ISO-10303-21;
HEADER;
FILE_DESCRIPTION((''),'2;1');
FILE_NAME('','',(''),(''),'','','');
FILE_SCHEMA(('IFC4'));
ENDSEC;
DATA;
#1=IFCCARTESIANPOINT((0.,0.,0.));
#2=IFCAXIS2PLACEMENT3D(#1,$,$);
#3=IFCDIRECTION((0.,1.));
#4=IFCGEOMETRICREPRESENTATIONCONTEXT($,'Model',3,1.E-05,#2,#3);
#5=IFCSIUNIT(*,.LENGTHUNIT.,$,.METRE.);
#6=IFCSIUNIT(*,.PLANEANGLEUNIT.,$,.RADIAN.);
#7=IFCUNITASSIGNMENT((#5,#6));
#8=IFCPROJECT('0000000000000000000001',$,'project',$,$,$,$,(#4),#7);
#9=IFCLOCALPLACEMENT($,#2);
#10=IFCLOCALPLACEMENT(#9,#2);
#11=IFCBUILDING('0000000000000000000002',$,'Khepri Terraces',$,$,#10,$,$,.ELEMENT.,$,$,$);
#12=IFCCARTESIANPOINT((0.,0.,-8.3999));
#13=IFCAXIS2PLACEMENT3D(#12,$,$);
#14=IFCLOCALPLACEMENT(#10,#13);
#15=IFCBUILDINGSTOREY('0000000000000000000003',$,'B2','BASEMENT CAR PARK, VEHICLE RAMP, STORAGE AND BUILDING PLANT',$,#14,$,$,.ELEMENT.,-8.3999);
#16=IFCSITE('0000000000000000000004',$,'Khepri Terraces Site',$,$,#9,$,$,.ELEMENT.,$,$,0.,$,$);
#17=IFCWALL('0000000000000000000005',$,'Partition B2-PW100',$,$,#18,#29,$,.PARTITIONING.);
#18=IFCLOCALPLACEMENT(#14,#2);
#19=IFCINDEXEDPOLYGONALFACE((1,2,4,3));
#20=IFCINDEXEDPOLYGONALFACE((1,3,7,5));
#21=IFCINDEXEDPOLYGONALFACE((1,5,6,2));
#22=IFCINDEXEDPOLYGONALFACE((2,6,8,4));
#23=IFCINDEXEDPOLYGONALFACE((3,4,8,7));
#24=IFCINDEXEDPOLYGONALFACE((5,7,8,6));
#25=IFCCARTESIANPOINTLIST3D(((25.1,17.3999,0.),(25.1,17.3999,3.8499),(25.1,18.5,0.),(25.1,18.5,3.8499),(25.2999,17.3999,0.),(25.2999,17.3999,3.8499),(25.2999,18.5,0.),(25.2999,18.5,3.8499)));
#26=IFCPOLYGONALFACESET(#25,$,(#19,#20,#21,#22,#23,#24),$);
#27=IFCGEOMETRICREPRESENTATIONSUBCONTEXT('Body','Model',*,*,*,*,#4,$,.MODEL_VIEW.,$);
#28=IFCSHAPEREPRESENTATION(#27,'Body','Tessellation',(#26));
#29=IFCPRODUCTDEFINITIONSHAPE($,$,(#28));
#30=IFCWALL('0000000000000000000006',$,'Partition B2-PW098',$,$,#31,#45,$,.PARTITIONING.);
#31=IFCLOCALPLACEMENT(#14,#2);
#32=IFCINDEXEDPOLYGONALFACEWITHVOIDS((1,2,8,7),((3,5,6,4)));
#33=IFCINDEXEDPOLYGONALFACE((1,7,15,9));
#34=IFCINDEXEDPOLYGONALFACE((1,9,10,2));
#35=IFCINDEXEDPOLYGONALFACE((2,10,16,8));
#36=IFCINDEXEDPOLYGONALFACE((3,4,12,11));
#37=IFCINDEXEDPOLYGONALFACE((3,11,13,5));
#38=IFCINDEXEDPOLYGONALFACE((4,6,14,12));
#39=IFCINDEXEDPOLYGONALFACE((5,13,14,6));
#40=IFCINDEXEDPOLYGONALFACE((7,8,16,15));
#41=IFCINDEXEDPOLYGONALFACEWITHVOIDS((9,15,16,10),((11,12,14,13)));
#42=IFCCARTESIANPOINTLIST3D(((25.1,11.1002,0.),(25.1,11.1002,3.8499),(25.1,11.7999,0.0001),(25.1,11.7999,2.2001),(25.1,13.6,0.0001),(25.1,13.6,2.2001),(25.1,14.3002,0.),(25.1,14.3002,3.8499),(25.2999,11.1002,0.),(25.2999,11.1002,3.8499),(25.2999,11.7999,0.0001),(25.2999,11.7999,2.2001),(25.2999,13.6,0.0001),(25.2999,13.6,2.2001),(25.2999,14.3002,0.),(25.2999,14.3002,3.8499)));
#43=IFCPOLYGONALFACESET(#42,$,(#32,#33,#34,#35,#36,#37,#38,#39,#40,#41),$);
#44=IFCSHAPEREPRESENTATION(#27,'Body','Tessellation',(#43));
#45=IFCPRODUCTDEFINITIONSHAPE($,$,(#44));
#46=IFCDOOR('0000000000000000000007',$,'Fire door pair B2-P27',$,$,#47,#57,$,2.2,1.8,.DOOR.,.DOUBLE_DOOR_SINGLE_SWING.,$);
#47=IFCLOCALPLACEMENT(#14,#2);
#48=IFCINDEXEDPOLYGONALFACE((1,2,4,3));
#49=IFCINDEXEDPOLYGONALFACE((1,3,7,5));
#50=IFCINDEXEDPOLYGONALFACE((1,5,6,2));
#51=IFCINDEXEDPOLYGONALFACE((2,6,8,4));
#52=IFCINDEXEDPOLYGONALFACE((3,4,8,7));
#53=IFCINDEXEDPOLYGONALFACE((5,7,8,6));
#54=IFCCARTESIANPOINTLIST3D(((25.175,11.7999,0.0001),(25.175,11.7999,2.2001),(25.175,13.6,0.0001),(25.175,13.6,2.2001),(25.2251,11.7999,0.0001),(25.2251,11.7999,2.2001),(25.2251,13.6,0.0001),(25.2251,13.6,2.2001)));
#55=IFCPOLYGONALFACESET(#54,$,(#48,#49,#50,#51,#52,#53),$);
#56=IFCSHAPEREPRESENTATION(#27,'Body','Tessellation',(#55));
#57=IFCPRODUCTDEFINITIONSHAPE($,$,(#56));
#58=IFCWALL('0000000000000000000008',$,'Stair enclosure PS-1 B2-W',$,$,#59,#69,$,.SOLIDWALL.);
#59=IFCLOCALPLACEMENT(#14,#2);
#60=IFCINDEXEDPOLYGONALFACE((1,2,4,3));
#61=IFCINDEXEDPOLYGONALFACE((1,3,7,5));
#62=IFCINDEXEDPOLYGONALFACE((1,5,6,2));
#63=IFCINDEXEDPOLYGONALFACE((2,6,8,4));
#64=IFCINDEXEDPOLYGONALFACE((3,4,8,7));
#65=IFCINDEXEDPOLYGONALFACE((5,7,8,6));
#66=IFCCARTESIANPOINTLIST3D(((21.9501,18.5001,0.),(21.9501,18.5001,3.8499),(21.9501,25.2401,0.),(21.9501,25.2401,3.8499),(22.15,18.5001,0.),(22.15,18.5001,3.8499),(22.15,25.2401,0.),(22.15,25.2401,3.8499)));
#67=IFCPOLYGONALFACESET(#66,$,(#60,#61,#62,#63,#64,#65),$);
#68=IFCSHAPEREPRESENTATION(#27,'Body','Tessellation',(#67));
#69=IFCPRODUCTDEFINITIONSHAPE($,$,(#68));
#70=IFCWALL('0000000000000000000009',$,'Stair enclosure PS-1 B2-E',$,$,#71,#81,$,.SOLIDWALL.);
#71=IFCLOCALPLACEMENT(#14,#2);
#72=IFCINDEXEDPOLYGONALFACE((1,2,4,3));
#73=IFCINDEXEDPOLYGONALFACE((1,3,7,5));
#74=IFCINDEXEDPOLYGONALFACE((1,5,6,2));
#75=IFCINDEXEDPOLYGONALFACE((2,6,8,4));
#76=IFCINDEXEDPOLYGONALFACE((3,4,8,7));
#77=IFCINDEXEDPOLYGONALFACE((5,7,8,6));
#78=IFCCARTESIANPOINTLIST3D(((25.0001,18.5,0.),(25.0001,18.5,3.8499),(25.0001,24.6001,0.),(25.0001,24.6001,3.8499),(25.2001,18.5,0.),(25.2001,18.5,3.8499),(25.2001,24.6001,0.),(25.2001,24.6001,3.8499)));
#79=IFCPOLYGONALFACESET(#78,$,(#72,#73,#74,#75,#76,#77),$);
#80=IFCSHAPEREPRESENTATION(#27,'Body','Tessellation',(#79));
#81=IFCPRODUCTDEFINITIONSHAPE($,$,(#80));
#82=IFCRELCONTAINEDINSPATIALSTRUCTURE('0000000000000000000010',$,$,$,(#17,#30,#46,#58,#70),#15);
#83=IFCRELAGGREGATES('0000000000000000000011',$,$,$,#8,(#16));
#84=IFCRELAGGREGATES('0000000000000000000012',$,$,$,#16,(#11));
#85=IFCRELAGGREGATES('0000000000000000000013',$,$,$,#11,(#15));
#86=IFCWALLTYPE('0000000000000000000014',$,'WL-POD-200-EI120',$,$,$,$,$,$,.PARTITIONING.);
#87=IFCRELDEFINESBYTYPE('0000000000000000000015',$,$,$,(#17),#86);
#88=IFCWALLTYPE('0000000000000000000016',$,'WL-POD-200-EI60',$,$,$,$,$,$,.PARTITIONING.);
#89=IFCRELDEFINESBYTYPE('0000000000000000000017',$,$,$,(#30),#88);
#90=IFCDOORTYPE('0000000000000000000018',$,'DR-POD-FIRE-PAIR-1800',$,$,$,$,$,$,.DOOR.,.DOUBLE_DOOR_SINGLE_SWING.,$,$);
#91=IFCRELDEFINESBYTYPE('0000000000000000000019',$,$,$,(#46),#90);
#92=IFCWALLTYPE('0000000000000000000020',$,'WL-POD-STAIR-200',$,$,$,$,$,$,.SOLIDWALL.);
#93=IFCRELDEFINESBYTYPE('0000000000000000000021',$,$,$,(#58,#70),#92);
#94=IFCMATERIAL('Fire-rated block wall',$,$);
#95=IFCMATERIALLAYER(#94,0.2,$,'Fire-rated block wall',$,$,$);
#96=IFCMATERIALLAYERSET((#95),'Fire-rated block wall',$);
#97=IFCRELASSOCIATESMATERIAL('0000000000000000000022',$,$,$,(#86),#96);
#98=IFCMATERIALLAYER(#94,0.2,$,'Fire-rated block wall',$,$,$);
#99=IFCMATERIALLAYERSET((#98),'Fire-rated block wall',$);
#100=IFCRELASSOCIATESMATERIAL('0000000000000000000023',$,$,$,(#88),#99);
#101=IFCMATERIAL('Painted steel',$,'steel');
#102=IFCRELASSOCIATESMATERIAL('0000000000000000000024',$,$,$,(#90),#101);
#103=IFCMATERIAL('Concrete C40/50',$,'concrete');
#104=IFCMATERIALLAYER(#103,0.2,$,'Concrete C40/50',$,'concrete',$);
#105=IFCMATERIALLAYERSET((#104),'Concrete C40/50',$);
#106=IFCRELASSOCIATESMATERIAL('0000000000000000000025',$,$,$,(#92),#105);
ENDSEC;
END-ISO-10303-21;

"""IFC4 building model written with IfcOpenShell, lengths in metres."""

from ifc_helpers import new_model, si_unit, direction, frame, frame_2d, origin, place, context, subcontext, project, spatial, rectangle, extrude, material, layer, layer_set, type_object, element, fill, save


model = new_model("IFC4")

# Units and contexts
model_context = context("Model", 3, precision=1e-05, world=origin(), true_north=direction((0.0, 1.0)))
body_context = subcontext(model_context, "Body", "Model", "MODEL_VIEW")
ifc_project = project(units=[si_unit("LENGTHUNIT", "METRE"), si_unit("PLANEANGLEUNIT", "RADIAN")], contexts=[model_context])

# Site, building, storey
site_placement = place(None, origin())
site = spatial("IfcSite", under=ifc_project, at=site_placement, Name="Khepri Terraces Site", CompositionType="ELEMENT", RefElevation=0.0)
building_placement = place(site_placement, origin())
building = spatial("IfcBuilding", under=site, at=building_placement, Name="Khepri Terraces", CompositionType="ELEMENT")
storey_placement = place(building_placement, frame((0.0, 0.0, -8.3999)))
storey = spatial("IfcBuildingStorey", under=building, at=storey_placement, Name="B2", Description="BASEMENT CAR PARK, VEHICLE RAMP, STORAGE AND BUILDING PLANT", CompositionType="ELEMENT", Elevation=-8.3999)

# Wall
ifc_material_1 = material(Name="Fire-rated block wall")
ifc_layer_1 = layer(ifc_material_1, 0.2, Name="Fire-rated block wall")
ifc_layer_set_1 = layer_set([ifc_layer_1], Name="Fire-rated block wall")
wall_type_1 = type_object("IfcWallType", Name="WL-POD-200-EI120", PredefinedType="PARTITIONING", material=ifc_layer_set_1)
wall_1_placement = place(storey_placement, frame((25.2, 17.3999, 0.0), z_axis=(0.0, 0.0, 1.0), x_axis=(0.0, 1.0, 0.0)))
element("IfcWall", 1, at=wall_1_placement, inside=storey, type_object=wall_type_1, Name="Partition B2-PW100", PredefinedType="PARTITIONING", context=body_context, shape_type="SweptSolid", body=[
    extrude(rectangle(XDim=1.1001, YDim=0.2, at=frame_2d((0.55, 0.0))), origin(), (0.0, 0.0, 1.0), 3.8499),
])

# Wall, opening, door
ifc_layer_2 = layer(ifc_material_1, 0.2, Name="Fire-rated block wall")
ifc_layer_set_2 = layer_set([ifc_layer_2], Name="Fire-rated block wall")
wall_type_2 = type_object("IfcWallType", Name="WL-POD-200-EI60", PredefinedType="PARTITIONING", material=ifc_layer_set_2)
wall_2_placement = place(storey_placement, frame((25.2, 11.1001, 0.0), z_axis=(0.0, 0.0, 1.0), x_axis=(0.0, 1.0, 0.0)))
wall_2 = element("IfcWall", 2, at=wall_2_placement, inside=storey, type_object=wall_type_2, Name="Partition B2-PW098", PredefinedType="PARTITIONING", context=body_context, shape_type="SweptSolid", body=[
    extrude(rectangle(XDim=3.2, YDim=0.2, at=frame_2d((1.6001, 0.0))), origin(), (0.0, 0.0, 1.0), 3.8499),
])
opening_placement = place(wall_2_placement, frame((0.7, 0.0, 0.0)))
opening = element("IfcOpeningElement", 3, at=opening_placement, cuts=wall_2, PredefinedType="OPENING", context=body_context, shape_type="SweptSolid", body=[
    extrude(rectangle(XDim=1.8, YDim=2.2, at=frame_2d((0.8999, 1.1001))), frame((0.0, 0.1099, 0.0), z_axis=(0.0, -1.0, 0.0), x_axis=(1.0, 0.0, 0.0)), (0.0, 0.0, 1.0), 0.22),
])
ifc_material_2 = material(Name="Painted steel", Category="steel")
door_type = type_object("IfcDoorType", Name="DR-POD-FIRE-PAIR-1800", OperationType="DOUBLE_DOOR_SINGLE_SWING", PredefinedType="DOOR", material=ifc_material_2)
door_placement = place(opening_placement, origin())
door = element("IfcDoor", 4, at=door_placement, inside=storey, type_object=door_type, Name="Fire door pair B2-P27", OperationType="DOUBLE_DOOR_SINGLE_SWING", OverallHeight=2.2, OverallWidth=1.8, PredefinedType="DOOR", context=body_context, shape_type="SweptSolid", body=[
    extrude(rectangle(XDim=1.8, YDim=2.2, at=frame_2d((0.8999, 1.1001))), frame((0.0, 0.0249, 0.0), z_axis=(0.0, -1.0, 0.0), x_axis=(1.0, 0.0, 0.0)), (0.0, 0.0, 1.0), 0.05),
])
fill(opening, door)

# Walls
ifc_material_3 = material(Name="Concrete C40/50", Category="concrete")
ifc_layer_3 = layer(ifc_material_3, 0.2, Name="Concrete C40/50", Category="concrete")
ifc_layer_set_3 = layer_set([ifc_layer_3], Name="Concrete C40/50")
wall_type_3 = type_object("IfcWallType", Name="WL-POD-STAIR-200", PredefinedType="SOLIDWALL", material=ifc_layer_set_3)
wall_3_placement = place(storey_placement, frame((22.05, 18.5, 0.0), z_axis=(0.0, 0.0, 1.0), x_axis=(0.0, 1.0, 0.0)))
element("IfcWall", 5, at=wall_3_placement, inside=storey, type_object=wall_type_3, Name="Stair enclosure PS-1 B2-W", PredefinedType="SOLIDWALL", context=body_context, shape_type="SweptSolid", body=[
    extrude(rectangle(XDim=6.74, YDim=0.2, at=frame_2d((3.3701, 0.0))), origin(), (0.0, 0.0, 1.0), 3.8499),
])
wall_4_placement = place(storey_placement, frame((25.1001, 18.5, 0.0), z_axis=(0.0, 0.0, 1.0), x_axis=(0.0, 1.0, 0.0)))
element("IfcWall", 6, at=wall_4_placement, inside=storey, type_object=wall_type_3, Name="Stair enclosure PS-1 B2-E", PredefinedType="SOLIDWALL", context=body_context, shape_type="SweptSolid", body=[
    extrude(rectangle(XDim=6.1001, YDim=0.2, at=frame_2d((3.05, 0.0))), origin(), (0.0, 0.0, 1.0), 3.8499),
])

save(model, "model.ifc")
